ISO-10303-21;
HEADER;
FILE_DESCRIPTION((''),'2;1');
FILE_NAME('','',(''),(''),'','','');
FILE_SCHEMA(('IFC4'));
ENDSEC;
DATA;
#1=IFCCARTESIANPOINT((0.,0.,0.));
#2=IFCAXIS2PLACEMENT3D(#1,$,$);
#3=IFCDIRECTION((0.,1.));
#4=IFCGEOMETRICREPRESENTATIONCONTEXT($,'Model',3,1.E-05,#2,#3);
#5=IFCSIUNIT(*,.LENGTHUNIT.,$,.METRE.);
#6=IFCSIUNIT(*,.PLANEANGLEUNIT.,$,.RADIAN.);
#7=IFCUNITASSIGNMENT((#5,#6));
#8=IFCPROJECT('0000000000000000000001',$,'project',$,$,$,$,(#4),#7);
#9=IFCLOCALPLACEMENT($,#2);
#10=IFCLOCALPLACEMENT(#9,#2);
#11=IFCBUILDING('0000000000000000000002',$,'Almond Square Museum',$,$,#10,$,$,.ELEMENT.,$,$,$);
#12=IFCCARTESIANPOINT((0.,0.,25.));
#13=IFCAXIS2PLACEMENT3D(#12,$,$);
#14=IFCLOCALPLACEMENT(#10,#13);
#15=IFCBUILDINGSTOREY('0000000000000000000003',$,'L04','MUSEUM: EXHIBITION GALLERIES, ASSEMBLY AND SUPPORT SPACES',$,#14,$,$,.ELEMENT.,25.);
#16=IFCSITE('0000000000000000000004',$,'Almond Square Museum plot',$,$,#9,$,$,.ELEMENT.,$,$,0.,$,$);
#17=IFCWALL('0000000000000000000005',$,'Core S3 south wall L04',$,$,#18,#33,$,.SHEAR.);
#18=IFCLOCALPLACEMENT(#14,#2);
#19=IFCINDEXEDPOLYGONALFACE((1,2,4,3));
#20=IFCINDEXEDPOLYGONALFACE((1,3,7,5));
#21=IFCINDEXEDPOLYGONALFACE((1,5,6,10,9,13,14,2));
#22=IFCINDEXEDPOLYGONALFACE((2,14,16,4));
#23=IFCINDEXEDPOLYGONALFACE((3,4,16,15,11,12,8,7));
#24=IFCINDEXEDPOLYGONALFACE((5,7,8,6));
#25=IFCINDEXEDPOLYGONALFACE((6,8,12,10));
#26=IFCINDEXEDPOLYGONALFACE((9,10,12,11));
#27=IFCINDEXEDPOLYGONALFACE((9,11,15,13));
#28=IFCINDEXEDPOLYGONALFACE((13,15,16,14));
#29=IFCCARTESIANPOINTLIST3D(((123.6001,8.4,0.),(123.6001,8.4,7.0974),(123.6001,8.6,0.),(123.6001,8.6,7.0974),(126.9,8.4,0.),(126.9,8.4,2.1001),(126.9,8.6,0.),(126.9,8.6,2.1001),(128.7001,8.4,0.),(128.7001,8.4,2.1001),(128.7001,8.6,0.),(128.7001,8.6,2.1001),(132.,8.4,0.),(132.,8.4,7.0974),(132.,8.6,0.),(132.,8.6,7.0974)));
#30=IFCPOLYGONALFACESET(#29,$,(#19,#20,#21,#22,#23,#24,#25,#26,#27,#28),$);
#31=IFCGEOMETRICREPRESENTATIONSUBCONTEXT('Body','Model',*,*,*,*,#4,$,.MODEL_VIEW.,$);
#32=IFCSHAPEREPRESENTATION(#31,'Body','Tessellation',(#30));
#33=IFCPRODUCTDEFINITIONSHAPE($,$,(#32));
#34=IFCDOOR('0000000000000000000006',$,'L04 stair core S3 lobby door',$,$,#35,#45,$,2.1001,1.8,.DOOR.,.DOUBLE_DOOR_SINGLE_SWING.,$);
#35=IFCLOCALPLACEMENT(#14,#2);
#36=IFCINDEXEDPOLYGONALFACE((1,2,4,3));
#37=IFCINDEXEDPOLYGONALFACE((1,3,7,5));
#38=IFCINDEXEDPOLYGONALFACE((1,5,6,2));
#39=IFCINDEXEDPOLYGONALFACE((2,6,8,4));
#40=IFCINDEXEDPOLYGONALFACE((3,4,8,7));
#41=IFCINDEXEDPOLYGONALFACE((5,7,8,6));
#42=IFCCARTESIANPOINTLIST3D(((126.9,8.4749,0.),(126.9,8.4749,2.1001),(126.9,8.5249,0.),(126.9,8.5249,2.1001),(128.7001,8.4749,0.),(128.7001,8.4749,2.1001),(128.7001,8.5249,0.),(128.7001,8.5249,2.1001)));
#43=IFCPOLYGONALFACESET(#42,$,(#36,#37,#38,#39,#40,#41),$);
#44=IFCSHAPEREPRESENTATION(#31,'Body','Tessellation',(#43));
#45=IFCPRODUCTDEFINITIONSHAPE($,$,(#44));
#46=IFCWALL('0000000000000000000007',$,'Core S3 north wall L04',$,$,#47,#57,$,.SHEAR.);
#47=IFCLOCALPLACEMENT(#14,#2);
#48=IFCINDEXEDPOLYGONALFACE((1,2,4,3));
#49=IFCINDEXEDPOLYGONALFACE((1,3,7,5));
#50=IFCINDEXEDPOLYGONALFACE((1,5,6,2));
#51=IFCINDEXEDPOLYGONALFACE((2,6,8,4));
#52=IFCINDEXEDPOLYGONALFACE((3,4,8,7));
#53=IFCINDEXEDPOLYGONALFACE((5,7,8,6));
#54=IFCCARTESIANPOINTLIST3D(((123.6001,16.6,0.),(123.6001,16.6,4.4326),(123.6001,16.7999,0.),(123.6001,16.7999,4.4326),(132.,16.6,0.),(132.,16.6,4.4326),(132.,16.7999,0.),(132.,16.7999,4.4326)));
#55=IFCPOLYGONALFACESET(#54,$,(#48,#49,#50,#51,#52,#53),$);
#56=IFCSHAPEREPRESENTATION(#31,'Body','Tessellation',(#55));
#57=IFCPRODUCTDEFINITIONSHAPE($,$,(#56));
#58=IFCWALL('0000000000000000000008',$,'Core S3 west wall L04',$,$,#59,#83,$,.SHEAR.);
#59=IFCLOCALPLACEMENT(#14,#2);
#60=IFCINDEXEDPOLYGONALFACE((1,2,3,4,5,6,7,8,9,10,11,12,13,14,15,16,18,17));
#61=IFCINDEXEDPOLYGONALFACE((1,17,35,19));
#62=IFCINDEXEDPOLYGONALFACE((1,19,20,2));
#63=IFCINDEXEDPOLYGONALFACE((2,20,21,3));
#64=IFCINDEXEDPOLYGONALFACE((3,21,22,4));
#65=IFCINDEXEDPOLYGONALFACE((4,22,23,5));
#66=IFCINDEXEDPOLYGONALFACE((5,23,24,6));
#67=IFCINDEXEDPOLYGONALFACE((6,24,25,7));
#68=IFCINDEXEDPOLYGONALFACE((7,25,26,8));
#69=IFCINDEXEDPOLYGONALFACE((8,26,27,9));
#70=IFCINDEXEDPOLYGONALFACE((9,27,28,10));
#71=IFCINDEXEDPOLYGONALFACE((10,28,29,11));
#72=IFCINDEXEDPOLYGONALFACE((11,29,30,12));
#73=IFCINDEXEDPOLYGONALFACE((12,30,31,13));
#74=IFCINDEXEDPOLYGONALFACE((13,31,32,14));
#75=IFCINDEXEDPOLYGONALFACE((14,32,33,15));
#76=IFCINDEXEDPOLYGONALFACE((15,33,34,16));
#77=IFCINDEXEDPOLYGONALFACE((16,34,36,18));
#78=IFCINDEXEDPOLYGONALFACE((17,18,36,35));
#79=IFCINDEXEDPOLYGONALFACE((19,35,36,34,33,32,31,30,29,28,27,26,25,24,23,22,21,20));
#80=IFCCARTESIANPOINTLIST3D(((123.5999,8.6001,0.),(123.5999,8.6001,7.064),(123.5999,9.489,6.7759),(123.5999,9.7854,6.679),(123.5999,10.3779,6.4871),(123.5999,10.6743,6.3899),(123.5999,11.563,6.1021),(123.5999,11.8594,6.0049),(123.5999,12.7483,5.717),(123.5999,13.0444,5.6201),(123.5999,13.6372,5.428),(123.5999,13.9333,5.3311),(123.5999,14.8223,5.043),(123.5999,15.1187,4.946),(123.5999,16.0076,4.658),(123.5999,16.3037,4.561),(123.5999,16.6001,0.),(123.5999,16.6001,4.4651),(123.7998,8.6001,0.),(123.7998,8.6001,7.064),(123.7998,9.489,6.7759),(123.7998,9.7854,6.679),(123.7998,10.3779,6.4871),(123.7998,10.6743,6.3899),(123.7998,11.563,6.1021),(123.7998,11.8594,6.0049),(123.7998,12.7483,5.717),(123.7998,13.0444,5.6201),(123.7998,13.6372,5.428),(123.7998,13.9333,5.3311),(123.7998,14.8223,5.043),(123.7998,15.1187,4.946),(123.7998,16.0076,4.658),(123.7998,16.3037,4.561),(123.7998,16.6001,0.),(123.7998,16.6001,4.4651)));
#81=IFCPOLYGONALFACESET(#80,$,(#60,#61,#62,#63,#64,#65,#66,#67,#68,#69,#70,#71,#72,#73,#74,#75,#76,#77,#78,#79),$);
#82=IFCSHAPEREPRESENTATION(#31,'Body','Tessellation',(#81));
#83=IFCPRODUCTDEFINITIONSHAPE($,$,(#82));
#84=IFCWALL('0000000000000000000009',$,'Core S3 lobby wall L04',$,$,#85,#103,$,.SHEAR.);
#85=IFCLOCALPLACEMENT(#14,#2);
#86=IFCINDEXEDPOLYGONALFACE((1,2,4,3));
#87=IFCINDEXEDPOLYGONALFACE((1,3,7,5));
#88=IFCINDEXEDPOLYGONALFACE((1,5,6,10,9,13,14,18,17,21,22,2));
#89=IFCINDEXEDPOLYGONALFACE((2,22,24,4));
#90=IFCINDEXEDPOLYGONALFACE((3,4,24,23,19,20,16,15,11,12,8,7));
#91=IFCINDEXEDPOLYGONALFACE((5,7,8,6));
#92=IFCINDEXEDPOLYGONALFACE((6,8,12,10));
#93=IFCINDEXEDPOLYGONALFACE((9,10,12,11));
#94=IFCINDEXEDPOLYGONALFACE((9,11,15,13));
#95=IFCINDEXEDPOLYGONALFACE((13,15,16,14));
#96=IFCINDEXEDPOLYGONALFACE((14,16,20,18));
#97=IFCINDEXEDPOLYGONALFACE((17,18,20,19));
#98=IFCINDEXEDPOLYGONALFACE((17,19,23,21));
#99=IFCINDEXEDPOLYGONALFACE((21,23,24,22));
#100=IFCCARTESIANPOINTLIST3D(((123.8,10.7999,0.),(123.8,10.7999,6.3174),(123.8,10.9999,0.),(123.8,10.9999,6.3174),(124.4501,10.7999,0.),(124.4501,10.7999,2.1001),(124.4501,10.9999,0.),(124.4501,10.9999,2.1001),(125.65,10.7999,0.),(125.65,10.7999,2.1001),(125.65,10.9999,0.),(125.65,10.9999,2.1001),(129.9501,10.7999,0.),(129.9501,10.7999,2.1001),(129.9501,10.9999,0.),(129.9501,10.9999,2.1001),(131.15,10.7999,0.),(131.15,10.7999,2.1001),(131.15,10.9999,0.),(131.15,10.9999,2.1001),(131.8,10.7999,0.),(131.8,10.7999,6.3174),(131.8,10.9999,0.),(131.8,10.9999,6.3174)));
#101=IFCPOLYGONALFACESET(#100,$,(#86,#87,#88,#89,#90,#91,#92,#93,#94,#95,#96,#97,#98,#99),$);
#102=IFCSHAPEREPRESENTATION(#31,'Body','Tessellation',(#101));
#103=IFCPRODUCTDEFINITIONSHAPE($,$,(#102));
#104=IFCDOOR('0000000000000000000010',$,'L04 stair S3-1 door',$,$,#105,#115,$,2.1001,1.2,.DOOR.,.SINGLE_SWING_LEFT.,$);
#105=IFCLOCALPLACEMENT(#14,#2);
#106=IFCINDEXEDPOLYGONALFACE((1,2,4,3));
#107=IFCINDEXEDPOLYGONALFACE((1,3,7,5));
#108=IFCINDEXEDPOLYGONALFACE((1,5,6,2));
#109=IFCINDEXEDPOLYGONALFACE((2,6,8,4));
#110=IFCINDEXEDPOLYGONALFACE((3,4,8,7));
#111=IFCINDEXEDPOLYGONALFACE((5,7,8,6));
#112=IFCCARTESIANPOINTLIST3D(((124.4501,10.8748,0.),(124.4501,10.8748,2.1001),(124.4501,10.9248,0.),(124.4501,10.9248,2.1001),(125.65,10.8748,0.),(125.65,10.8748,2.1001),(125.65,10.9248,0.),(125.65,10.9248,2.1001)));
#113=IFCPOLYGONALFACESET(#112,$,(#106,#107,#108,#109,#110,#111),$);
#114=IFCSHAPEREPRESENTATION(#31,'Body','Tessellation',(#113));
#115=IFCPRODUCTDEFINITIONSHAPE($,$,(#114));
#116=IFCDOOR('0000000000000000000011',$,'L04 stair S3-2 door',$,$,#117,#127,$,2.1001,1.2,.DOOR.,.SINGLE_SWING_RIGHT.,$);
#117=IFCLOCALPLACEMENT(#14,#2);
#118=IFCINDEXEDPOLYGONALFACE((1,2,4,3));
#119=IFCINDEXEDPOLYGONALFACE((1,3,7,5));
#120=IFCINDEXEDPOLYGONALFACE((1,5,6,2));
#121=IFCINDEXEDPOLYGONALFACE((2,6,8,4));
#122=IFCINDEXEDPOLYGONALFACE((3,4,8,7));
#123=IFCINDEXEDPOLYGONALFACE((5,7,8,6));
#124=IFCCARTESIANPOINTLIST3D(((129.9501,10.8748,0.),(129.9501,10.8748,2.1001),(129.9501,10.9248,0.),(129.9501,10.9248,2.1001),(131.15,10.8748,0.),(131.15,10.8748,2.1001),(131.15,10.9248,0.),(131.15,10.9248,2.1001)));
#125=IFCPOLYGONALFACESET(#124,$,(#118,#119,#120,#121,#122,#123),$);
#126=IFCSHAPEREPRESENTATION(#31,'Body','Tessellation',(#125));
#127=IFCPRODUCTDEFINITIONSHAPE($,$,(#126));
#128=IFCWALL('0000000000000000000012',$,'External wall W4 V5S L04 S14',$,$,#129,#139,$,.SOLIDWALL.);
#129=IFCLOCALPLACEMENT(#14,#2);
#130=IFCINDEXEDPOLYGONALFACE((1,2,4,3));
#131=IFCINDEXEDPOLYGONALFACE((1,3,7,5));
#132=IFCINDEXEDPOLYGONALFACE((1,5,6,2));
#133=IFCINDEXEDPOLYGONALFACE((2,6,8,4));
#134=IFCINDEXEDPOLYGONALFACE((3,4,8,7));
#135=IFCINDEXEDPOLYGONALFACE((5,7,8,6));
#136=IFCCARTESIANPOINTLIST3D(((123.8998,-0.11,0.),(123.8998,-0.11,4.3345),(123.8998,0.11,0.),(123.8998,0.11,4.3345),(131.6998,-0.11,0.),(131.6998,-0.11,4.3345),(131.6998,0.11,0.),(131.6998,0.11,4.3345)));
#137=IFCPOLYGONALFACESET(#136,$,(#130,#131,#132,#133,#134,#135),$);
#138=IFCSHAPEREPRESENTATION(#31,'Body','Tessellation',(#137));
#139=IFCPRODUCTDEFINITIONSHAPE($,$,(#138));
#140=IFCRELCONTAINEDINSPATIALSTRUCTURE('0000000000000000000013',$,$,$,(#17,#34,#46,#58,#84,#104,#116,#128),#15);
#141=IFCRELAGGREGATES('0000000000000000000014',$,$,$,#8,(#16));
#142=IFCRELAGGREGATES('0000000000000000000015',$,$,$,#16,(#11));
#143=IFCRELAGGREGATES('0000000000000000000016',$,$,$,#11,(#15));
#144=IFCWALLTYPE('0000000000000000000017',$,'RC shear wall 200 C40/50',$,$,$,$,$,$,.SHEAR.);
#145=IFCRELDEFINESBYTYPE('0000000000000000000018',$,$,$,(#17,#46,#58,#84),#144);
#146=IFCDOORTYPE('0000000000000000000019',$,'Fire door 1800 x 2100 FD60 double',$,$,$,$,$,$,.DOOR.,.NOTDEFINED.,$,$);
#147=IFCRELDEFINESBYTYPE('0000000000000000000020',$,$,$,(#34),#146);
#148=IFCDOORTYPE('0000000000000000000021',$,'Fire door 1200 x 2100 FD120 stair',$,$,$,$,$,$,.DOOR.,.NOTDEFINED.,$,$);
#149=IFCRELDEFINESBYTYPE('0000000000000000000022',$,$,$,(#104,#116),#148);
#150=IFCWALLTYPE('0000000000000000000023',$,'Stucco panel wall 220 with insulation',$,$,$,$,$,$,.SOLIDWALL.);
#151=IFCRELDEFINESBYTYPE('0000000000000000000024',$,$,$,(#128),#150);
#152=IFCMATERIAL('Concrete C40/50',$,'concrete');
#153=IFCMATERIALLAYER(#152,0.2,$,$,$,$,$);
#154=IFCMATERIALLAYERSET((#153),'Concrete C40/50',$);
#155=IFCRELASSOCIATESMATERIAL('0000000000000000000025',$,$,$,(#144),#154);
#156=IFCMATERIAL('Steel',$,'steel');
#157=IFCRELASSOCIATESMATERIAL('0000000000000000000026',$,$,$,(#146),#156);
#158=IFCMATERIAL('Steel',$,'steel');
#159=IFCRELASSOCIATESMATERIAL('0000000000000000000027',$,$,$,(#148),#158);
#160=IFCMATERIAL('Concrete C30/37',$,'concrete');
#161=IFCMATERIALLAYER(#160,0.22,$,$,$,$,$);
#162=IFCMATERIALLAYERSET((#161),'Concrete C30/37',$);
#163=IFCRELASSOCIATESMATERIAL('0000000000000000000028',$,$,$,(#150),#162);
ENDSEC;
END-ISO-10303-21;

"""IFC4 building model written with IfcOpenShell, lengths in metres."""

from ifc_helpers import new_model, si_unit, direction, frame, frame_2d, origin, place, context, subcontext, project, spatial, polyline, rectangle, outline, extrude, material, layer, layer_set, type_object, element, fill, save


model = new_model("IFC4")

# Units and contexts
model_context = context("Model", 3, precision=1e-05, world=origin(), true_north=direction((0.0, 1.0)))
body_context = subcontext(model_context, "Body", "Model", "MODEL_VIEW")
ifc_project = project(units=[si_unit("LENGTHUNIT", "METRE"), si_unit("PLANEANGLEUNIT", "RADIAN")], contexts=[model_context])

# Site, building, storey
site_placement = place(None, origin())
site = spatial("IfcSite", under=ifc_project, at=site_placement, Name="Almond Square Museum plot", CompositionType="ELEMENT", RefElevation=0.0)
building_placement = place(site_placement, origin())
building = spatial("IfcBuilding", under=site, at=building_placement, Name="Almond Square Museum", CompositionType="ELEMENT")
storey_placement = place(building_placement, frame((0.0, 0.0, 25.0)))
storey = spatial("IfcBuildingStorey", under=building, at=storey_placement, Name="L04", Description="MUSEUM: EXHIBITION GALLERIES, ASSEMBLY AND SUPPORT SPACES", CompositionType="ELEMENT", Elevation=25.0)

# Wall, opening, door
ifc_material_1 = material(Name="Concrete C40/50", Category="concrete")
ifc_layer_1 = layer(ifc_material_1, 0.2)
ifc_layer_set_1 = layer_set([ifc_layer_1], Name="Concrete C40/50")
wall_type_1 = type_object("IfcWallType", Name="RC shear wall 200 C40/50", PredefinedType="SHEAR", material=ifc_layer_set_1)
wall_1_placement = place(storey_placement, frame((123.6001, 8.5, 0.0), z_axis=(0.0, 0.0, 1.0), x_axis=(1.0, 0.0, 0.0)))
wall_1 = element("IfcWall", 1, at=wall_1_placement, inside=storey, type_object=wall_type_1, Name="Core S3 south wall L04", PredefinedType="SHEAR", context=body_context, shape_type="SweptSolid", body=[
    extrude(rectangle(XDim=8.3999, YDim=0.2, at=frame_2d((4.2, 0.0))), origin(), (0.0, 0.0, 1.0), 7.0974),
])
opening_1_placement = place(wall_1_placement, frame((3.3, 0.0, 0.0)))
opening_1 = element("IfcOpeningElement", 2, at=opening_1_placement, cuts=wall_1, PredefinedType="OPENING", context=body_context, shape_type="SweptSolid", body=[
    extrude(rectangle(XDim=1.8, YDim=2.1001, at=frame_2d((0.8999, 1.05))), frame((0.0, 0.1099, 0.0), z_axis=(0.0, -1.0, 0.0), x_axis=(1.0, 0.0, 0.0)), (0.0, 0.0, 1.0), 0.22),
])
ifc_material_2 = material(Name="Steel", Category="steel")
door_type_1 = type_object("IfcDoorType", Name="Fire door 1800 x 2100 FD60 double", OperationType="NOTDEFINED", PredefinedType="DOOR", material=ifc_material_2)
door_1_placement = place(opening_1_placement, origin())
door_1 = element("IfcDoor", 3, at=door_1_placement, inside=storey, type_object=door_type_1, Name="L04 stair core S3 lobby door", OperationType="DOUBLE_DOOR_SINGLE_SWING", OverallHeight=2.1001, OverallWidth=1.8, PredefinedType="DOOR", context=body_context, shape_type="SweptSolid", body=[
    extrude(rectangle(XDim=1.8, YDim=2.1001, at=frame_2d((0.8999, 1.05))), frame((0.0, 0.0249, 0.0), z_axis=(0.0, -1.0, 0.0), x_axis=(1.0, 0.0, 0.0)), (0.0, 0.0, 1.0), 0.05),
])
fill(opening_1, door_1)

# Walls
wall_2_placement = place(storey_placement, frame((123.6001, 16.7, 0.0), z_axis=(0.0, 0.0, 1.0), x_axis=(1.0, 0.0, 0.0)))
element("IfcWall", 4, at=wall_2_placement, inside=storey, type_object=wall_type_1, Name="Core S3 north wall L04", PredefinedType="SHEAR", context=body_context, shape_type="SweptSolid", body=[
    extrude(rectangle(XDim=8.3999, YDim=0.2, at=frame_2d((4.2, 0.0))), origin(), (0.0, 0.0, 1.0), 4.4326),
])
wall_3_placement = place(storey_placement, frame((123.7, 8.6001, 0.0), z_axis=(0.0, 0.0, 1.0), x_axis=(0.0, 1.0, 0.0)))
element("IfcWall", 5, at=wall_3_placement, inside=storey, type_object=wall_type_1, Name="Core S3 west wall L04", PredefinedType="SHEAR", context=body_context, shape_type="SweptSolid", body=[
    extrude(outline(polyline([(0.0, 0.0), (8.0, 0.0), (8.0, 4.4651), (7.7036, 4.561), (7.4075, 4.658), (6.5186, 4.946), (6.2222, 5.043), (5.3333, 5.3311), (5.0371, 5.428), (4.4443, 5.6201), (4.1482, 5.717), (3.2593, 6.0049), (2.9629, 6.1021), (2.0742, 6.3899), (1.7778, 6.4871), (1.1853, 6.679), (0.8889, 6.7759), (0.0, 7.064), (0.0, 0.0)])), frame((0.0, 0.1001, 0.0), z_axis=(0.0, -1.0, 0.0), x_axis=(1.0, 0.0, 0.0)), (0.0, 0.0, 1.0), 0.2),
])

# Wall, openings, doors
wall_4_placement = place(storey_placement, frame((123.8, 10.8999, 0.0), z_axis=(0.0, 0.0, 1.0), x_axis=(1.0, 0.0, 0.0)))
wall_4 = element("IfcWall", 6, at=wall_4_placement, inside=storey, type_object=wall_type_1, Name="Core S3 lobby wall L04", PredefinedType="SHEAR", context=body_context, shape_type="SweptSolid", body=[
    extrude(rectangle(XDim=8.0, YDim=0.2, at=frame_2d((4.0, 0.0))), origin(), (0.0, 0.0, 1.0), 6.3174),
])
opening_2_placement = place(wall_4_placement, frame((0.6499, 0.0, 0.0)))
opening_2 = element("IfcOpeningElement", 7, at=opening_2_placement, cuts=wall_4, PredefinedType="OPENING", context=body_context, shape_type="SweptSolid", body=[
    extrude(rectangle(XDim=1.2, YDim=2.1001, at=frame_2d((0.6001, 1.05))), frame((0.0, 0.1099, 0.0), z_axis=(0.0, -1.0, 0.0), x_axis=(1.0, 0.0, 0.0)), (0.0, 0.0, 1.0), 0.22),
])
opening_3_placement = place(wall_4_placement, frame((6.1499, 0.0, 0.0)))
opening_3 = element("IfcOpeningElement", 8, at=opening_3_placement, cuts=wall_4, PredefinedType="OPENING", context=body_context, shape_type="SweptSolid", body=[
    extrude(rectangle(XDim=1.2, YDim=2.1001, at=frame_2d((0.6001, 1.05))), frame((0.0, 0.1099, 0.0), z_axis=(0.0, -1.0, 0.0), x_axis=(1.0, 0.0, 0.0)), (0.0, 0.0, 1.0), 0.22),
])
ifc_material_3 = material(Name="Steel", Category="steel")
door_type_2 = type_object("IfcDoorType", Name="Fire door 1200 x 2100 FD120 stair", OperationType="NOTDEFINED", PredefinedType="DOOR", material=ifc_material_3)
door_2_placement = place(opening_2_placement, origin())
door_2 = element("IfcDoor", 9, at=door_2_placement, inside=storey, type_object=door_type_2, Name="L04 stair S3-1 door", OperationType="SINGLE_SWING_LEFT", OverallHeight=2.1001, OverallWidth=1.2, PredefinedType="DOOR", context=body_context, shape_type="SweptSolid", body=[
    extrude(rectangle(XDim=1.2, YDim=2.1001, at=frame_2d((0.6001, 1.05))), frame((0.0, 0.0249, 0.0), z_axis=(0.0, -1.0, 0.0), x_axis=(1.0, 0.0, 0.0)), (0.0, 0.0, 1.0), 0.05),
])
fill(opening_2, door_2)
door_3_placement = place(opening_3_placement, origin())
door_3 = element("IfcDoor", 10, at=door_3_placement, inside=storey, type_object=door_type_2, Name="L04 stair S3-2 door", OperationType="SINGLE_SWING_RIGHT", OverallHeight=2.1001, OverallWidth=1.2, PredefinedType="DOOR", context=body_context, shape_type="SweptSolid", body=[
    extrude(rectangle(XDim=1.2, YDim=2.1001, at=frame_2d((0.6001, 1.05))), frame((0.0, 0.0249, 0.0), z_axis=(0.0, -1.0, 0.0), x_axis=(1.0, 0.0, 0.0)), (0.0, 0.0, 1.0), 0.05),
])
fill(opening_3, door_3)

# Wall
ifc_material_4 = material(Name="Concrete C30/37", Category="concrete")
ifc_layer_2 = layer(ifc_material_4, 0.22)
ifc_layer_set_2 = layer_set([ifc_layer_2], Name="Concrete C30/37")
wall_type_2 = type_object("IfcWallType", Name="Stucco panel wall 220 with insulation", PredefinedType="SOLIDWALL", material=ifc_layer_set_2)
wall_5_placement = place(storey_placement, frame((123.8999, 0.0, 0.0), z_axis=(0.0, 0.0, 1.0), x_axis=(1.0, 0.0, 0.0)))
element("IfcWall", 11, at=wall_5_placement, inside=storey, type_object=wall_type_2, Name="External wall W4 V5S L04 S14", PredefinedType="SOLIDWALL", context=body_context, shape_type="SweptSolid", body=[
    extrude(rectangle(XDim=7.8, YDim=0.22, at=frame_2d((3.8999, 0.0))), origin(), (0.0, 0.0, 1.0), 4.3345),
])

save(model, "model.ifc")
